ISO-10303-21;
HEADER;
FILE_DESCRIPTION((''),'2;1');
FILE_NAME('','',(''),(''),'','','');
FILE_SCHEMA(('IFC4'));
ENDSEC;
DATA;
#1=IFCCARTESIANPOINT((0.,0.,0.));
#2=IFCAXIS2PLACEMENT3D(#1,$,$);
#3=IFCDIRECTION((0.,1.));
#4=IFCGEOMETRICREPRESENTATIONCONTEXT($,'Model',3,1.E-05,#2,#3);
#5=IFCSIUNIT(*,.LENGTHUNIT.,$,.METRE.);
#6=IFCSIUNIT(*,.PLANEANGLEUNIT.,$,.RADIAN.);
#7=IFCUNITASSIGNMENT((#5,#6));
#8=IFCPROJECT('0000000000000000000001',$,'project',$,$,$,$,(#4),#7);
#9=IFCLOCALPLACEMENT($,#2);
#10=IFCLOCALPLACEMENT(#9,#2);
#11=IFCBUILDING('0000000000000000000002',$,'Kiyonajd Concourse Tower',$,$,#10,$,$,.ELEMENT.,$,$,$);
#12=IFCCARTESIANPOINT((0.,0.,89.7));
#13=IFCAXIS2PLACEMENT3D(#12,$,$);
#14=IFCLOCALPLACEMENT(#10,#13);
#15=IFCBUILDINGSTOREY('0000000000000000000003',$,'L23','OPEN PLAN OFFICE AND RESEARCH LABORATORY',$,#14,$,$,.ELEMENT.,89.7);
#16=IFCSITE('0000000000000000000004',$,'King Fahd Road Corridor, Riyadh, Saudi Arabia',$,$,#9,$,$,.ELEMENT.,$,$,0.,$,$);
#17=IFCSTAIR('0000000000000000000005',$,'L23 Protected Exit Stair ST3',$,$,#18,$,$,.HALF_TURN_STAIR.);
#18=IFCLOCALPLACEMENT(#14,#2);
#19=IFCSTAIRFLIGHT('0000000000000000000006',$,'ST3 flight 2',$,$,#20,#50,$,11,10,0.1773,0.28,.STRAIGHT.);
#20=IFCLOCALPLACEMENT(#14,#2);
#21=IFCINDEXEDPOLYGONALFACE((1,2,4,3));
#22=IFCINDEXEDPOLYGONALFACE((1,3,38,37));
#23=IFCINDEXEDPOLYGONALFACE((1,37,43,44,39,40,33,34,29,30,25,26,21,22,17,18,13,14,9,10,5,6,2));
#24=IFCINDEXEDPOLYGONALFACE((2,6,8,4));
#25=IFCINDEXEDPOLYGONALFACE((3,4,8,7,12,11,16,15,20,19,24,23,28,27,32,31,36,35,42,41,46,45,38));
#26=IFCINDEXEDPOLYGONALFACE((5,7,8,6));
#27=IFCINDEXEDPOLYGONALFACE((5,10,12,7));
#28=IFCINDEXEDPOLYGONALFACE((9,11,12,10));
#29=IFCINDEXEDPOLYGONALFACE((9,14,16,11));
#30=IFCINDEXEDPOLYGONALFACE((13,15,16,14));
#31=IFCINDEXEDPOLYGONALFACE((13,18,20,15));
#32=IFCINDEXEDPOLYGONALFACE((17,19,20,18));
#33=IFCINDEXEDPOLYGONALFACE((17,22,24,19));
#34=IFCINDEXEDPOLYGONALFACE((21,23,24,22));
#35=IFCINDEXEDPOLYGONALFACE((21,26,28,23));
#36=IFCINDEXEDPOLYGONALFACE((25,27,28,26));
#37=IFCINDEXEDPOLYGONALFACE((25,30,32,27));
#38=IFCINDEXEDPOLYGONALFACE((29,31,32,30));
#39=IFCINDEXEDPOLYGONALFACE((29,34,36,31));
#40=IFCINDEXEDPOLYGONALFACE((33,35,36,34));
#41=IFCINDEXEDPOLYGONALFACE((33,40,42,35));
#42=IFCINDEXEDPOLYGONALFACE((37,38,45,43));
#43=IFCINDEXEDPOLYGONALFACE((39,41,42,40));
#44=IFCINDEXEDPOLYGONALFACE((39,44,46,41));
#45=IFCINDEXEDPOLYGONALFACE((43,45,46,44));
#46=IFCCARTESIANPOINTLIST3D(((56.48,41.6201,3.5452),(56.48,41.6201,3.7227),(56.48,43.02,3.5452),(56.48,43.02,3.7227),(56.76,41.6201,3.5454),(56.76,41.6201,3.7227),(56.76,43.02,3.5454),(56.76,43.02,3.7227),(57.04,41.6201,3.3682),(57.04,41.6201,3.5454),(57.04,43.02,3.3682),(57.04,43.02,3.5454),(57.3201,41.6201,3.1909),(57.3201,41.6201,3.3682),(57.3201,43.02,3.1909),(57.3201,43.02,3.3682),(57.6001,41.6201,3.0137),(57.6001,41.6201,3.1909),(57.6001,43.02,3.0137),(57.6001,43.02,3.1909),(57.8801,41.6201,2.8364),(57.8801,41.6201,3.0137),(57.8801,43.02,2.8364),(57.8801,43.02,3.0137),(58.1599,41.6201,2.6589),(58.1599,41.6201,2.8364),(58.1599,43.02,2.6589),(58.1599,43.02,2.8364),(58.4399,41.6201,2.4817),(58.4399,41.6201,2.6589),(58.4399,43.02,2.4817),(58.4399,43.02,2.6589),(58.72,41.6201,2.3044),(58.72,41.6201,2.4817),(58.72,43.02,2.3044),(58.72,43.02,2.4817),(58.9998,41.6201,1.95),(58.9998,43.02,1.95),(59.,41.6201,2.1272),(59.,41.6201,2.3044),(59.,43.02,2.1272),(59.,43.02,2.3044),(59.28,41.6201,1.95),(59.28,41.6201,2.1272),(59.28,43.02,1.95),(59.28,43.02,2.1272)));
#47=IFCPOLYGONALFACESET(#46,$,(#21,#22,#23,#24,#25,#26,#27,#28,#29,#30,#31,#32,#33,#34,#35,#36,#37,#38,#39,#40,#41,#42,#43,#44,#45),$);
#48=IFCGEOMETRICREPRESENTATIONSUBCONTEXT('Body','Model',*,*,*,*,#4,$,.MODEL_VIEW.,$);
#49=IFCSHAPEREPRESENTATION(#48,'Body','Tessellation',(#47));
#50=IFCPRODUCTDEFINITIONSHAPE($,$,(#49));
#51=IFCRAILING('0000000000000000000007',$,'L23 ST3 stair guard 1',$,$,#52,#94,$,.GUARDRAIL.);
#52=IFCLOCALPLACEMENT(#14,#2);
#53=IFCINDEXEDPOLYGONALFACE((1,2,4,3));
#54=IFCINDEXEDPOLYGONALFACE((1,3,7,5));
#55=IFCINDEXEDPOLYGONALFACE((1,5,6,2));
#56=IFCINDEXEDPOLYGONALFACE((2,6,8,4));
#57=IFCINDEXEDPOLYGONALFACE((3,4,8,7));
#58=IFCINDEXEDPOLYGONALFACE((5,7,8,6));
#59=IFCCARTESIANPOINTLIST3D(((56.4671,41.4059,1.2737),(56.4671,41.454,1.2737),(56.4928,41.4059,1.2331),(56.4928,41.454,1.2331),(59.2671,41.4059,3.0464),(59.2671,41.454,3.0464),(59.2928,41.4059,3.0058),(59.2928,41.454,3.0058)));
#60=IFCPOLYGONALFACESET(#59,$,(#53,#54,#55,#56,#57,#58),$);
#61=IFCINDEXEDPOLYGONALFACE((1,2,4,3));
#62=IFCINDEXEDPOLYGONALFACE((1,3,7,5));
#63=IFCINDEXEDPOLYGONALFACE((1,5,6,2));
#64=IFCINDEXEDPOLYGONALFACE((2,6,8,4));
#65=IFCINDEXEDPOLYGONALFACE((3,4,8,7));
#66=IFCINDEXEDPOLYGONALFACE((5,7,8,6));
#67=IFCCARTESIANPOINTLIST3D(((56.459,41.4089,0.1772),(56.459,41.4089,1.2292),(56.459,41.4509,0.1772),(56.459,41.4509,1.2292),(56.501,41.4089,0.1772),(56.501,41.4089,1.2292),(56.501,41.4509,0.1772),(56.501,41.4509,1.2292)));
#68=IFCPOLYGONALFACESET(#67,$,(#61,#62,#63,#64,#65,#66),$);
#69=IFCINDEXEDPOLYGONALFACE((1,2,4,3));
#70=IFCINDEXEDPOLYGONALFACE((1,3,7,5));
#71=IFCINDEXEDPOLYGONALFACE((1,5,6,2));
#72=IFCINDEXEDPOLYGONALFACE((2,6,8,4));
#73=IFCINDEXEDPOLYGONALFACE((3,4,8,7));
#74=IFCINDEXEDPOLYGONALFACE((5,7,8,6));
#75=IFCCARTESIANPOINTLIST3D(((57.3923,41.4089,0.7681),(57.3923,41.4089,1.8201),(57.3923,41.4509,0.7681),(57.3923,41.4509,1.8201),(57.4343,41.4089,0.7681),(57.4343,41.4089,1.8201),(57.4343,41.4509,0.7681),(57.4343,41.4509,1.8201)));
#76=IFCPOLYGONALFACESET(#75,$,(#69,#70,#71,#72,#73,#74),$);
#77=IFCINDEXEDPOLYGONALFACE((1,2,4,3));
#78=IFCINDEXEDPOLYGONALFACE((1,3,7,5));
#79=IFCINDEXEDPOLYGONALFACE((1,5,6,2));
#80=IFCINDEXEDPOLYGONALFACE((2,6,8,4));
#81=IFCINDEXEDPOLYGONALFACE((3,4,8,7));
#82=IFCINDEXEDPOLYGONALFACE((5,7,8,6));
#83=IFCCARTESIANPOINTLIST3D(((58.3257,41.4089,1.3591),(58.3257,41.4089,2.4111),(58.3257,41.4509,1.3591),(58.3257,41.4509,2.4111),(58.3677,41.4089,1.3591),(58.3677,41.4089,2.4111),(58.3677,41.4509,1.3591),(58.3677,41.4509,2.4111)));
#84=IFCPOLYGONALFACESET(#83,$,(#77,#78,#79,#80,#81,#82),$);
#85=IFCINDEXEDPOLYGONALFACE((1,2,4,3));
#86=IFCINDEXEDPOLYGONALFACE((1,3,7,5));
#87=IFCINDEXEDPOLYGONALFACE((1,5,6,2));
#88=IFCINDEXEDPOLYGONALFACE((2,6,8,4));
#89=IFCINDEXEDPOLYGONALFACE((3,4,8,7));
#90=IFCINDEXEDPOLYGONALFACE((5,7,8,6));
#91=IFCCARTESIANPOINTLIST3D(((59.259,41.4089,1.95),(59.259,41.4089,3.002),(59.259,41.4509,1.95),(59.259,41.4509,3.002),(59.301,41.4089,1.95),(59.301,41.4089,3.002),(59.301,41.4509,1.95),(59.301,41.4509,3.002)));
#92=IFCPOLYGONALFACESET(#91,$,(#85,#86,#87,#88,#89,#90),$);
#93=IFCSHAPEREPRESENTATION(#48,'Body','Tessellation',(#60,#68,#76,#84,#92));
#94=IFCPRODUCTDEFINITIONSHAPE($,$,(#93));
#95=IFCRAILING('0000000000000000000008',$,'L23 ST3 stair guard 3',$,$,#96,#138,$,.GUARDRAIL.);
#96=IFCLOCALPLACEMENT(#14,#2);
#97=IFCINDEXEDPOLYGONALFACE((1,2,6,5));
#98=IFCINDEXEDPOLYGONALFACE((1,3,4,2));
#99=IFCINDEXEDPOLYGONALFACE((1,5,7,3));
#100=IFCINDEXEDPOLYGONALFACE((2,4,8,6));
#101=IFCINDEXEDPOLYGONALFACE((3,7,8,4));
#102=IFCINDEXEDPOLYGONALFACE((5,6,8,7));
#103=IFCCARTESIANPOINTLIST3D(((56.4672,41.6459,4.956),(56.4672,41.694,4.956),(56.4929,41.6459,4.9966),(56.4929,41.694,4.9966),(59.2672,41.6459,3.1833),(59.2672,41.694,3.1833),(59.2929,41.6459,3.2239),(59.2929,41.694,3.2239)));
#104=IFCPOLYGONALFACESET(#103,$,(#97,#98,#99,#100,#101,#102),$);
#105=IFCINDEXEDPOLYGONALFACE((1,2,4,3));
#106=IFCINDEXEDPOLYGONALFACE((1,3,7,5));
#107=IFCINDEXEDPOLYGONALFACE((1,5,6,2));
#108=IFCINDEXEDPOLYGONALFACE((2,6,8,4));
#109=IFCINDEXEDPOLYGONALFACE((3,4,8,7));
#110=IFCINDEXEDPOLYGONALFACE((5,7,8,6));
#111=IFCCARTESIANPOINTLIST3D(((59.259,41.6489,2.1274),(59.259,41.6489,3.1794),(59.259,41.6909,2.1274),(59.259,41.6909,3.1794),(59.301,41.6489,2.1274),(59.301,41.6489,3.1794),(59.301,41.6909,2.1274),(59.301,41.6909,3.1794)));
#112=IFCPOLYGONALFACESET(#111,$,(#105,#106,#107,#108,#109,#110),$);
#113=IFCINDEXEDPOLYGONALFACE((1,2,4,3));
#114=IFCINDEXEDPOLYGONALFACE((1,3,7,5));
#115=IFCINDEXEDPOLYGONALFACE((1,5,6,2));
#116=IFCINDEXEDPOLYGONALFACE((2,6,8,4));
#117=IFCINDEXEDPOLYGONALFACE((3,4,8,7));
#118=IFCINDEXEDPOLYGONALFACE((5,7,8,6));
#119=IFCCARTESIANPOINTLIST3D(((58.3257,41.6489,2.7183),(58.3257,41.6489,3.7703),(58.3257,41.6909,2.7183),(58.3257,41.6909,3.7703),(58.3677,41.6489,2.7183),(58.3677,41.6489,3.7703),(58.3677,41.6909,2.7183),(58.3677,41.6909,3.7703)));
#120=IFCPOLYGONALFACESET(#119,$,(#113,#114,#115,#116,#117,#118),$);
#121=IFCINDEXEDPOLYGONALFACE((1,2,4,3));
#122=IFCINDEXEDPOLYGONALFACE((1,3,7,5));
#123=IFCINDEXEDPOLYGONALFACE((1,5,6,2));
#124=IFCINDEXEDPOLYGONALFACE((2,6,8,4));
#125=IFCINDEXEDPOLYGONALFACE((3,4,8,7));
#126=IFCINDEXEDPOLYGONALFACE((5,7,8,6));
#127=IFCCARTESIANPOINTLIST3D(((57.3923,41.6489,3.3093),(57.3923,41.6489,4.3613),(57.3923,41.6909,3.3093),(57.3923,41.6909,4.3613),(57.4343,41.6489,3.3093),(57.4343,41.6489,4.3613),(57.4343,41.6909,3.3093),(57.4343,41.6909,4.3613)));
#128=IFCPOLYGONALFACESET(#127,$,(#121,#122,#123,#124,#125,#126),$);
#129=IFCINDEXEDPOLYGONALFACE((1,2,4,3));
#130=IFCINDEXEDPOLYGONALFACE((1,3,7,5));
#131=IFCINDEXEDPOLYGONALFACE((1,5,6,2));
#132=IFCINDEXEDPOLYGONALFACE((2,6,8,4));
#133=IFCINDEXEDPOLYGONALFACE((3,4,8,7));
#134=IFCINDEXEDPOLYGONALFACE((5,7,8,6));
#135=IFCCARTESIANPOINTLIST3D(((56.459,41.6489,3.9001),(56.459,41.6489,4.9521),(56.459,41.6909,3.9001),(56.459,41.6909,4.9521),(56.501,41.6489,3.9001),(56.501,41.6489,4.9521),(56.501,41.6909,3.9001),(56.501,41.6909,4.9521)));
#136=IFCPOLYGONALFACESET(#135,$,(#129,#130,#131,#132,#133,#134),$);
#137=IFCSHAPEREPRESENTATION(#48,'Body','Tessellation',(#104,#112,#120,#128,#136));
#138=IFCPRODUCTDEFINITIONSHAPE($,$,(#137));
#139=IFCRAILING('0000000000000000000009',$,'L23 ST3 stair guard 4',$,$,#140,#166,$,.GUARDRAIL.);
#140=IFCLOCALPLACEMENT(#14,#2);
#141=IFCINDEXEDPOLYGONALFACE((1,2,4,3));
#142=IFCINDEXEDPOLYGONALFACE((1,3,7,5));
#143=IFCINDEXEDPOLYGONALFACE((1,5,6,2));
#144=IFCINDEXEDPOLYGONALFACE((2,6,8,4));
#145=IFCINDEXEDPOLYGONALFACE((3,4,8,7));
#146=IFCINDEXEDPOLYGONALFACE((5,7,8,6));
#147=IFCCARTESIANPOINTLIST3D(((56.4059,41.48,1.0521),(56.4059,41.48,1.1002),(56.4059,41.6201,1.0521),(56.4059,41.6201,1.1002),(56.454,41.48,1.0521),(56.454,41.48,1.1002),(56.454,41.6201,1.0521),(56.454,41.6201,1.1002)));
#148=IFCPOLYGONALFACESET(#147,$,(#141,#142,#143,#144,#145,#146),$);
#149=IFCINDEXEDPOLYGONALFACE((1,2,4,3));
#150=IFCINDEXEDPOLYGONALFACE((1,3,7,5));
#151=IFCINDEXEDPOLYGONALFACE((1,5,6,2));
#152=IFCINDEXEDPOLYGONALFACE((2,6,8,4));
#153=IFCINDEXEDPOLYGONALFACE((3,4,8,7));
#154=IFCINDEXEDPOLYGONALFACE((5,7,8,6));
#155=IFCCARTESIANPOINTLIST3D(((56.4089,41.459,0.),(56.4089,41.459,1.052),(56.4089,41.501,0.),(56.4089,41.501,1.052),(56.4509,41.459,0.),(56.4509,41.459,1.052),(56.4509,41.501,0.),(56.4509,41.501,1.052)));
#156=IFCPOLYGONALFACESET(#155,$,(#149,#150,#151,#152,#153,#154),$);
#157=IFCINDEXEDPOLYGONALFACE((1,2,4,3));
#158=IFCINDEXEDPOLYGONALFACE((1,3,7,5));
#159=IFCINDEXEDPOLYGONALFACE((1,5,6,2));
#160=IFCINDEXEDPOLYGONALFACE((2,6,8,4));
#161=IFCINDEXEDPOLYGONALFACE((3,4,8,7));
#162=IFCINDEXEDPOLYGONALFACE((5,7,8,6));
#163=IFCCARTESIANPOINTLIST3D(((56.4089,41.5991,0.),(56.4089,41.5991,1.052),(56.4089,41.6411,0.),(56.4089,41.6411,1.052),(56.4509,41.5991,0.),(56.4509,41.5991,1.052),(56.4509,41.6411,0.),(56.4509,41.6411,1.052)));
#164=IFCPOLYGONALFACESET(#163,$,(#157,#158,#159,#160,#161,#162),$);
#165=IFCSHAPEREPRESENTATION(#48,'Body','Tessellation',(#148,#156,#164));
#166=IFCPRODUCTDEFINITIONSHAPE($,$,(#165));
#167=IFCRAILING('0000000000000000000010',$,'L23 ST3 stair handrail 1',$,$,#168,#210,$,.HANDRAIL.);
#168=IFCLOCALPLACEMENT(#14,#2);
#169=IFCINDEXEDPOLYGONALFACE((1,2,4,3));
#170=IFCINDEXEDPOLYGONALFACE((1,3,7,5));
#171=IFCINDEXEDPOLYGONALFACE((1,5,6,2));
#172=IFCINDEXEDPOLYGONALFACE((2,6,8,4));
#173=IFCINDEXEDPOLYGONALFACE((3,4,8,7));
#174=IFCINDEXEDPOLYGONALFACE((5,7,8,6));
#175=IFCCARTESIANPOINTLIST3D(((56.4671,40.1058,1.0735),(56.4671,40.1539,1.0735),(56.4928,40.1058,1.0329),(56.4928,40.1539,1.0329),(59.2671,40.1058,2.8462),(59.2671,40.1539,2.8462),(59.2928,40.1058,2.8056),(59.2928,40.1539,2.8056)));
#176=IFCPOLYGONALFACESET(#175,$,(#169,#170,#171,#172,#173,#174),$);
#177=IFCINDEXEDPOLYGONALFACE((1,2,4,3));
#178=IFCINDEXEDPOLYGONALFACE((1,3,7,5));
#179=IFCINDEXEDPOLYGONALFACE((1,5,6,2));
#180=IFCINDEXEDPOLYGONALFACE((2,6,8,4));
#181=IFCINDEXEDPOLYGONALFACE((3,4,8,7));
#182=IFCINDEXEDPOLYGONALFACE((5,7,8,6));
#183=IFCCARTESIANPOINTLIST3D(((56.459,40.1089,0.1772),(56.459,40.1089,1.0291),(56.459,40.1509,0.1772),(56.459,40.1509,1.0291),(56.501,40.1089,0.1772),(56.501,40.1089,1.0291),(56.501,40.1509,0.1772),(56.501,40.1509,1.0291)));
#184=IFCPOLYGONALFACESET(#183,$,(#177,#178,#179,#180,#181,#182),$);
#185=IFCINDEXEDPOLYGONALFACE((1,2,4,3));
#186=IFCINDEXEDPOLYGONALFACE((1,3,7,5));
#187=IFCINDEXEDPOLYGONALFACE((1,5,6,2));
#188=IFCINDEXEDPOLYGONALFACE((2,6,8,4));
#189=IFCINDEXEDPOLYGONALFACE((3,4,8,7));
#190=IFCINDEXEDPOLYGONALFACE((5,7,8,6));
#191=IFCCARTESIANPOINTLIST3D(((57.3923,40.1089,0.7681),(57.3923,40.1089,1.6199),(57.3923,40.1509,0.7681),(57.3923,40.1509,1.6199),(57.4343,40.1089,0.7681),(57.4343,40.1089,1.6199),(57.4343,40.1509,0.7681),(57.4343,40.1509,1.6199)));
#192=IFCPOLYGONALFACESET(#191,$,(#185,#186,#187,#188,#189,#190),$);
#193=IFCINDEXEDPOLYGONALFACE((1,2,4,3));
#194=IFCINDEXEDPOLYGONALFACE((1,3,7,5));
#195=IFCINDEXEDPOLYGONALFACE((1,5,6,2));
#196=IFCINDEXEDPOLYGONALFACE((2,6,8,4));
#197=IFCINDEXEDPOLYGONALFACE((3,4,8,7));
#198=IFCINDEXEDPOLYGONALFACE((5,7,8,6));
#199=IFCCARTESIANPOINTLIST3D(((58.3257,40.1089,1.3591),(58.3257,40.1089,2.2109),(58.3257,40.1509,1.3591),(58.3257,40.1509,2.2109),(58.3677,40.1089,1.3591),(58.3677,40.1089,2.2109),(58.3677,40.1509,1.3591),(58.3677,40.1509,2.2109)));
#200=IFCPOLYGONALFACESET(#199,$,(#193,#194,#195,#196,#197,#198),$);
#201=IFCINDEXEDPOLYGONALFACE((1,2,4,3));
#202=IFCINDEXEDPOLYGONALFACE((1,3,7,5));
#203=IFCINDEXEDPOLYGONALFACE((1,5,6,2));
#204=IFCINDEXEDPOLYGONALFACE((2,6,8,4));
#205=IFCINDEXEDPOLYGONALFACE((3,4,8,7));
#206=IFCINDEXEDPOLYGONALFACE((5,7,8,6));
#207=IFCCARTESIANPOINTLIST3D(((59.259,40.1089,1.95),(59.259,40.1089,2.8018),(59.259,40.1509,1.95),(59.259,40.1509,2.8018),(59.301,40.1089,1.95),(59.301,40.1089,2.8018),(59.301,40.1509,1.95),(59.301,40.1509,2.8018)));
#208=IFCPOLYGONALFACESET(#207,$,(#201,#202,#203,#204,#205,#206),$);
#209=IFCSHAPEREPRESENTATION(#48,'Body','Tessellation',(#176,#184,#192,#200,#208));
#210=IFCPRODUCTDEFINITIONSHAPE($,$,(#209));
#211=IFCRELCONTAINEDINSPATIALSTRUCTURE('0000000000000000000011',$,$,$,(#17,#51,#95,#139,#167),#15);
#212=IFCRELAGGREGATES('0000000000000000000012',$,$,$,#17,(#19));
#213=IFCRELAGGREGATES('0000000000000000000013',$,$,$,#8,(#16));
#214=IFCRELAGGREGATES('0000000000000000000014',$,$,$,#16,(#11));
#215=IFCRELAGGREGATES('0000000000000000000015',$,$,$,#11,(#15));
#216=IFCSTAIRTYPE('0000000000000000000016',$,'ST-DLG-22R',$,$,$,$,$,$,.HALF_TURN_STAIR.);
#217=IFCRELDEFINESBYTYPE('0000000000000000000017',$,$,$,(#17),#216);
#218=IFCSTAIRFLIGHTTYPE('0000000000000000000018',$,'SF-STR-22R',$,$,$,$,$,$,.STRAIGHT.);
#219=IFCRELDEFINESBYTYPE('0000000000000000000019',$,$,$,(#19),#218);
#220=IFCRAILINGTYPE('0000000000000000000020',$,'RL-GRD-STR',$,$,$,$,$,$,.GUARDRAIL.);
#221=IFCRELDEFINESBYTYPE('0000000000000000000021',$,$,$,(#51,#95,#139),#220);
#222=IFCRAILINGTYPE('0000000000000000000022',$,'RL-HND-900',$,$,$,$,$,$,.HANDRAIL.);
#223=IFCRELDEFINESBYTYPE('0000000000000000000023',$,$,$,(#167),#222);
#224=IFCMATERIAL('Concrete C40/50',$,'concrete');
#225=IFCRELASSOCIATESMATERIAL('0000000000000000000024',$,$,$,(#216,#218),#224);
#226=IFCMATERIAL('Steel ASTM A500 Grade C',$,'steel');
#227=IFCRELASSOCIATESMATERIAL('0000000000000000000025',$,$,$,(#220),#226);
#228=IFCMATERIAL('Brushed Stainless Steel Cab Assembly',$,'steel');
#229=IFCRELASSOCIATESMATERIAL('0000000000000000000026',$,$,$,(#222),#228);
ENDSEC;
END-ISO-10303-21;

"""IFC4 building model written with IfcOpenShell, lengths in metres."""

from ifc_helpers import new_model, si_unit, direction, frame, origin, origin_2d, place, context, subcontext, project, spatial, polyline, rectangle, outline, extrude, material, type_object, element, aggregate, save


model = new_model("IFC4")

# Units and contexts
model_context = context("Model", 3, precision=1e-05, world=origin(), true_north=direction((0.0, 1.0)))
body_context = subcontext(model_context, "Body", "Model", "MODEL_VIEW")
ifc_project = project(units=[si_unit("LENGTHUNIT", "METRE"), si_unit("PLANEANGLEUNIT", "RADIAN")], contexts=[model_context])

# Site, building, storey
site_placement = place(None, origin())
site = spatial("IfcSite", under=ifc_project, at=site_placement, Name="King Fahd Road Corridor, Riyadh, Saudi Arabia", CompositionType="ELEMENT", RefElevation=0.0)
building_placement = place(site_placement, origin())
building = spatial("IfcBuilding", under=site, at=building_placement, Name="Kiyonajd Concourse Tower", CompositionType="ELEMENT")
storey_placement = place(building_placement, frame((0.0, 0.0, 89.7)))
storey = spatial("IfcBuildingStorey", under=building, at=storey_placement, Name="L23", Description="OPEN PLAN OFFICE AND RESEARCH LABORATORY", CompositionType="ELEMENT", Elevation=89.7)

# Shared definitions
ifc_material_1 = material(Name="Brushed Stainless Steel Cab Assembly", Category="steel")

# Stair, stair flight
ifc_material_2 = material(Name="Concrete C40/50", Category="concrete")
stair_type = type_object("IfcStairType", Name="ST-DLG-22R", PredefinedType="HALF_TURN_STAIR", material=ifc_material_2)
stair_placement = place(storey_placement, origin())
stair = element("IfcStair", 1, at=stair_placement, inside=storey, type_object=stair_type, Name="L23 Protected Exit Stair ST3", PredefinedType="HALF_TURN_STAIR")
stair_flight_type = type_object("IfcStairFlightType", Name="SF-STR-22R", PredefinedType="STRAIGHT", material=ifc_material_2)
stair_flight_1_placement = place(storey_placement, frame((59.28, 42.3201, 1.95), z_axis=(0.0, 0.0, 1.0), x_axis=(-1.0, 0.0, 0.0)))
stair_flight_1 = element("IfcStairFlight", 2, at=stair_flight_1_placement, type_object=stair_flight_type, Name="ST3 flight 2", NumberOfRisers=11, NumberOfTreads=10, PredefinedType="STRAIGHT", RiserHeight=0.1773, TreadLength=0.28, context=body_context, shape_type="SweptSolid", body=[
    extrude(outline(polyline([(0.0, 0.0), (0.0, 0.1772), (0.28, 0.1772), (0.28, 0.3545), (0.5601, 0.3545), (0.5601, 0.5317), (0.8401, 0.5317), (0.8401, 0.709), (1.1201, 0.709), (1.1201, 0.8865), (1.3999, 0.8865), (1.3999, 1.0637), (1.6799, 1.0637), (1.6799, 1.241), (1.96, 1.241), (1.96, 1.4182), (2.24, 1.4182), (2.24, 1.5955), (2.52, 1.5955), (2.52, 1.7727), (2.8, 1.7727), (2.8, 1.95), (2.8, 1.5952), (0.2803, 0.0), (0.0, 0.0)])), frame((0.0, 0.7, 0.0), z_axis=(0.0, -1.0, 0.0), x_axis=(1.0, 0.0, 0.0)), (0.0, 0.0, 1.0), 1.3999),
])
aggregate(stair, [stair_flight_1])

# Railings
ifc_material_3 = material(Name="Steel ASTM A500 Grade C", Category="steel")
railing_type_1 = type_object("IfcRailingType", Name="RL-GRD-STR", PredefinedType="GUARDRAIL", material=ifc_material_3)
railing_1_placement = place(storey_placement, frame((56.48, 41.4299, 0.1772)))
element("IfcRailing", 3, at=railing_1_placement, inside=storey, type_object=railing_type_1, Name="L23 ST3 stair guard 1", PredefinedType="GUARDRAIL", context=body_context, shape_type="SweptSolid", body=[
    extrude(rectangle(XDim=0.0481, YDim=0.0481, at=origin_2d()), frame((0.0, 0.0, 1.0762), z_axis=(0.844909, 0.0, 0.53491), x_axis=(0.0, 1.0, 0.0)), (0.0, 0.0, 1.0), 3.314),
    extrude(rectangle(XDim=0.042, YDim=0.042, at=origin_2d()), origin(), (0.0, 0.0, 1.0), 1.052),
    extrude(rectangle(XDim=0.042, YDim=0.042, at=origin_2d()), frame((0.9333, 0.0, 0.5908)), (0.0, 0.0, 1.0), 1.052),
    extrude(rectangle(XDim=0.042, YDim=0.042, at=origin_2d()), frame((1.8667, 0.0, 1.1819)), (0.0, 0.0, 1.0), 1.052),
    extrude(rectangle(XDim=0.042, YDim=0.042, at=origin_2d()), frame((2.8, 0.0, 1.7727)), (0.0, 0.0, 1.0), 1.052),
])
railing_2_placement = place(storey_placement, frame((59.28, 41.6699, 2.1274)))
element("IfcRailing", 4, at=railing_2_placement, inside=storey, type_object=railing_type_1, Name="L23 ST3 stair guard 3", PredefinedType="GUARDRAIL", context=body_context, shape_type="SweptSolid", body=[
    extrude(rectangle(XDim=0.0481, YDim=0.0481, at=origin_2d()), frame((0.0, 0.0, 1.0762), z_axis=(-0.844909, 0.0, 0.53491), x_axis=(0.0, -1.0, 0.0)), (0.0, 0.0, 1.0), 3.314),
    extrude(rectangle(XDim=0.042, YDim=0.042, at=origin_2d()), origin(), (0.0, 0.0, 1.0), 1.052),
    extrude(rectangle(XDim=0.042, YDim=0.042, at=origin_2d()), frame((-0.9333, 0.0, 0.5908)), (0.0, 0.0, 1.0), 1.052),
    extrude(rectangle(XDim=0.042, YDim=0.042, at=origin_2d()), frame((-1.8667, 0.0, 1.1819)), (0.0, 0.0, 1.0), 1.052),
    extrude(rectangle(XDim=0.042, YDim=0.042, at=origin_2d()), frame((-2.8, 0.0, 1.7727)), (0.0, 0.0, 1.0), 1.052),
])
railing_3_placement = place(storey_placement, frame((56.4299, 41.48, 0.0)))
element("IfcRailing", 5, at=railing_3_placement, inside=storey, type_object=railing_type_1, Name="L23 ST3 stair guard 4", PredefinedType="GUARDRAIL", context=body_context, shape_type="SweptSolid", body=[
    extrude(rectangle(XDim=0.0481, YDim=0.0481, at=origin_2d()), frame((0.0, 0.0, 1.0762), z_axis=(0.0, 1.0, 0.0), x_axis=(-1.0, 0.0, 0.0)), (0.0, 0.0, 1.0), 0.1401),
    extrude(rectangle(XDim=0.042, YDim=0.042, at=origin_2d()), origin(), (0.0, 0.0, 1.0), 1.052),
    extrude(rectangle(XDim=0.042, YDim=0.042, at=origin_2d()), frame((0.0, 0.1401, 0.0)), (0.0, 0.0, 1.0), 1.052),
])
railing_type_2 = type_object("IfcRailingType", Name="RL-HND-900", PredefinedType="HANDRAIL", material=ifc_material_1)
railing_4_placement = place(storey_placement, frame((56.48, 40.1299, 0.1772)))
element("IfcRailing", 6, at=railing_4_placement, inside=storey, type_object=railing_type_2, Name="L23 ST3 stair handrail 1", PredefinedType="HANDRAIL", context=body_context, shape_type="SweptSolid", body=[
    extrude(rectangle(XDim=0.0481, YDim=0.0481, at=origin_2d()), frame((0.0, 0.0, 0.876), z_axis=(0.844909, 0.0, 0.53491), x_axis=(0.0, 1.0, 0.0)), (0.0, 0.0, 1.0), 3.314),
    extrude(rectangle(XDim=0.042, YDim=0.042, at=origin_2d()), origin(), (0.0, 0.0, 1.0), 0.8518),
    extrude(rectangle(XDim=0.042, YDim=0.042, at=origin_2d()), frame((0.9333, 0.0, 0.5908)), (0.0, 0.0, 1.0), 0.8518),
    extrude(rectangle(XDim=0.042, YDim=0.042, at=origin_2d()), frame((1.8667, 0.0, 1.1819)), (0.0, 0.0, 1.0), 0.8518),
    extrude(rectangle(XDim=0.042, YDim=0.042, at=origin_2d()), frame((2.8, 0.0, 1.7727)), (0.0, 0.0, 1.0), 0.8518),
])

save(model, "model.ifc")
